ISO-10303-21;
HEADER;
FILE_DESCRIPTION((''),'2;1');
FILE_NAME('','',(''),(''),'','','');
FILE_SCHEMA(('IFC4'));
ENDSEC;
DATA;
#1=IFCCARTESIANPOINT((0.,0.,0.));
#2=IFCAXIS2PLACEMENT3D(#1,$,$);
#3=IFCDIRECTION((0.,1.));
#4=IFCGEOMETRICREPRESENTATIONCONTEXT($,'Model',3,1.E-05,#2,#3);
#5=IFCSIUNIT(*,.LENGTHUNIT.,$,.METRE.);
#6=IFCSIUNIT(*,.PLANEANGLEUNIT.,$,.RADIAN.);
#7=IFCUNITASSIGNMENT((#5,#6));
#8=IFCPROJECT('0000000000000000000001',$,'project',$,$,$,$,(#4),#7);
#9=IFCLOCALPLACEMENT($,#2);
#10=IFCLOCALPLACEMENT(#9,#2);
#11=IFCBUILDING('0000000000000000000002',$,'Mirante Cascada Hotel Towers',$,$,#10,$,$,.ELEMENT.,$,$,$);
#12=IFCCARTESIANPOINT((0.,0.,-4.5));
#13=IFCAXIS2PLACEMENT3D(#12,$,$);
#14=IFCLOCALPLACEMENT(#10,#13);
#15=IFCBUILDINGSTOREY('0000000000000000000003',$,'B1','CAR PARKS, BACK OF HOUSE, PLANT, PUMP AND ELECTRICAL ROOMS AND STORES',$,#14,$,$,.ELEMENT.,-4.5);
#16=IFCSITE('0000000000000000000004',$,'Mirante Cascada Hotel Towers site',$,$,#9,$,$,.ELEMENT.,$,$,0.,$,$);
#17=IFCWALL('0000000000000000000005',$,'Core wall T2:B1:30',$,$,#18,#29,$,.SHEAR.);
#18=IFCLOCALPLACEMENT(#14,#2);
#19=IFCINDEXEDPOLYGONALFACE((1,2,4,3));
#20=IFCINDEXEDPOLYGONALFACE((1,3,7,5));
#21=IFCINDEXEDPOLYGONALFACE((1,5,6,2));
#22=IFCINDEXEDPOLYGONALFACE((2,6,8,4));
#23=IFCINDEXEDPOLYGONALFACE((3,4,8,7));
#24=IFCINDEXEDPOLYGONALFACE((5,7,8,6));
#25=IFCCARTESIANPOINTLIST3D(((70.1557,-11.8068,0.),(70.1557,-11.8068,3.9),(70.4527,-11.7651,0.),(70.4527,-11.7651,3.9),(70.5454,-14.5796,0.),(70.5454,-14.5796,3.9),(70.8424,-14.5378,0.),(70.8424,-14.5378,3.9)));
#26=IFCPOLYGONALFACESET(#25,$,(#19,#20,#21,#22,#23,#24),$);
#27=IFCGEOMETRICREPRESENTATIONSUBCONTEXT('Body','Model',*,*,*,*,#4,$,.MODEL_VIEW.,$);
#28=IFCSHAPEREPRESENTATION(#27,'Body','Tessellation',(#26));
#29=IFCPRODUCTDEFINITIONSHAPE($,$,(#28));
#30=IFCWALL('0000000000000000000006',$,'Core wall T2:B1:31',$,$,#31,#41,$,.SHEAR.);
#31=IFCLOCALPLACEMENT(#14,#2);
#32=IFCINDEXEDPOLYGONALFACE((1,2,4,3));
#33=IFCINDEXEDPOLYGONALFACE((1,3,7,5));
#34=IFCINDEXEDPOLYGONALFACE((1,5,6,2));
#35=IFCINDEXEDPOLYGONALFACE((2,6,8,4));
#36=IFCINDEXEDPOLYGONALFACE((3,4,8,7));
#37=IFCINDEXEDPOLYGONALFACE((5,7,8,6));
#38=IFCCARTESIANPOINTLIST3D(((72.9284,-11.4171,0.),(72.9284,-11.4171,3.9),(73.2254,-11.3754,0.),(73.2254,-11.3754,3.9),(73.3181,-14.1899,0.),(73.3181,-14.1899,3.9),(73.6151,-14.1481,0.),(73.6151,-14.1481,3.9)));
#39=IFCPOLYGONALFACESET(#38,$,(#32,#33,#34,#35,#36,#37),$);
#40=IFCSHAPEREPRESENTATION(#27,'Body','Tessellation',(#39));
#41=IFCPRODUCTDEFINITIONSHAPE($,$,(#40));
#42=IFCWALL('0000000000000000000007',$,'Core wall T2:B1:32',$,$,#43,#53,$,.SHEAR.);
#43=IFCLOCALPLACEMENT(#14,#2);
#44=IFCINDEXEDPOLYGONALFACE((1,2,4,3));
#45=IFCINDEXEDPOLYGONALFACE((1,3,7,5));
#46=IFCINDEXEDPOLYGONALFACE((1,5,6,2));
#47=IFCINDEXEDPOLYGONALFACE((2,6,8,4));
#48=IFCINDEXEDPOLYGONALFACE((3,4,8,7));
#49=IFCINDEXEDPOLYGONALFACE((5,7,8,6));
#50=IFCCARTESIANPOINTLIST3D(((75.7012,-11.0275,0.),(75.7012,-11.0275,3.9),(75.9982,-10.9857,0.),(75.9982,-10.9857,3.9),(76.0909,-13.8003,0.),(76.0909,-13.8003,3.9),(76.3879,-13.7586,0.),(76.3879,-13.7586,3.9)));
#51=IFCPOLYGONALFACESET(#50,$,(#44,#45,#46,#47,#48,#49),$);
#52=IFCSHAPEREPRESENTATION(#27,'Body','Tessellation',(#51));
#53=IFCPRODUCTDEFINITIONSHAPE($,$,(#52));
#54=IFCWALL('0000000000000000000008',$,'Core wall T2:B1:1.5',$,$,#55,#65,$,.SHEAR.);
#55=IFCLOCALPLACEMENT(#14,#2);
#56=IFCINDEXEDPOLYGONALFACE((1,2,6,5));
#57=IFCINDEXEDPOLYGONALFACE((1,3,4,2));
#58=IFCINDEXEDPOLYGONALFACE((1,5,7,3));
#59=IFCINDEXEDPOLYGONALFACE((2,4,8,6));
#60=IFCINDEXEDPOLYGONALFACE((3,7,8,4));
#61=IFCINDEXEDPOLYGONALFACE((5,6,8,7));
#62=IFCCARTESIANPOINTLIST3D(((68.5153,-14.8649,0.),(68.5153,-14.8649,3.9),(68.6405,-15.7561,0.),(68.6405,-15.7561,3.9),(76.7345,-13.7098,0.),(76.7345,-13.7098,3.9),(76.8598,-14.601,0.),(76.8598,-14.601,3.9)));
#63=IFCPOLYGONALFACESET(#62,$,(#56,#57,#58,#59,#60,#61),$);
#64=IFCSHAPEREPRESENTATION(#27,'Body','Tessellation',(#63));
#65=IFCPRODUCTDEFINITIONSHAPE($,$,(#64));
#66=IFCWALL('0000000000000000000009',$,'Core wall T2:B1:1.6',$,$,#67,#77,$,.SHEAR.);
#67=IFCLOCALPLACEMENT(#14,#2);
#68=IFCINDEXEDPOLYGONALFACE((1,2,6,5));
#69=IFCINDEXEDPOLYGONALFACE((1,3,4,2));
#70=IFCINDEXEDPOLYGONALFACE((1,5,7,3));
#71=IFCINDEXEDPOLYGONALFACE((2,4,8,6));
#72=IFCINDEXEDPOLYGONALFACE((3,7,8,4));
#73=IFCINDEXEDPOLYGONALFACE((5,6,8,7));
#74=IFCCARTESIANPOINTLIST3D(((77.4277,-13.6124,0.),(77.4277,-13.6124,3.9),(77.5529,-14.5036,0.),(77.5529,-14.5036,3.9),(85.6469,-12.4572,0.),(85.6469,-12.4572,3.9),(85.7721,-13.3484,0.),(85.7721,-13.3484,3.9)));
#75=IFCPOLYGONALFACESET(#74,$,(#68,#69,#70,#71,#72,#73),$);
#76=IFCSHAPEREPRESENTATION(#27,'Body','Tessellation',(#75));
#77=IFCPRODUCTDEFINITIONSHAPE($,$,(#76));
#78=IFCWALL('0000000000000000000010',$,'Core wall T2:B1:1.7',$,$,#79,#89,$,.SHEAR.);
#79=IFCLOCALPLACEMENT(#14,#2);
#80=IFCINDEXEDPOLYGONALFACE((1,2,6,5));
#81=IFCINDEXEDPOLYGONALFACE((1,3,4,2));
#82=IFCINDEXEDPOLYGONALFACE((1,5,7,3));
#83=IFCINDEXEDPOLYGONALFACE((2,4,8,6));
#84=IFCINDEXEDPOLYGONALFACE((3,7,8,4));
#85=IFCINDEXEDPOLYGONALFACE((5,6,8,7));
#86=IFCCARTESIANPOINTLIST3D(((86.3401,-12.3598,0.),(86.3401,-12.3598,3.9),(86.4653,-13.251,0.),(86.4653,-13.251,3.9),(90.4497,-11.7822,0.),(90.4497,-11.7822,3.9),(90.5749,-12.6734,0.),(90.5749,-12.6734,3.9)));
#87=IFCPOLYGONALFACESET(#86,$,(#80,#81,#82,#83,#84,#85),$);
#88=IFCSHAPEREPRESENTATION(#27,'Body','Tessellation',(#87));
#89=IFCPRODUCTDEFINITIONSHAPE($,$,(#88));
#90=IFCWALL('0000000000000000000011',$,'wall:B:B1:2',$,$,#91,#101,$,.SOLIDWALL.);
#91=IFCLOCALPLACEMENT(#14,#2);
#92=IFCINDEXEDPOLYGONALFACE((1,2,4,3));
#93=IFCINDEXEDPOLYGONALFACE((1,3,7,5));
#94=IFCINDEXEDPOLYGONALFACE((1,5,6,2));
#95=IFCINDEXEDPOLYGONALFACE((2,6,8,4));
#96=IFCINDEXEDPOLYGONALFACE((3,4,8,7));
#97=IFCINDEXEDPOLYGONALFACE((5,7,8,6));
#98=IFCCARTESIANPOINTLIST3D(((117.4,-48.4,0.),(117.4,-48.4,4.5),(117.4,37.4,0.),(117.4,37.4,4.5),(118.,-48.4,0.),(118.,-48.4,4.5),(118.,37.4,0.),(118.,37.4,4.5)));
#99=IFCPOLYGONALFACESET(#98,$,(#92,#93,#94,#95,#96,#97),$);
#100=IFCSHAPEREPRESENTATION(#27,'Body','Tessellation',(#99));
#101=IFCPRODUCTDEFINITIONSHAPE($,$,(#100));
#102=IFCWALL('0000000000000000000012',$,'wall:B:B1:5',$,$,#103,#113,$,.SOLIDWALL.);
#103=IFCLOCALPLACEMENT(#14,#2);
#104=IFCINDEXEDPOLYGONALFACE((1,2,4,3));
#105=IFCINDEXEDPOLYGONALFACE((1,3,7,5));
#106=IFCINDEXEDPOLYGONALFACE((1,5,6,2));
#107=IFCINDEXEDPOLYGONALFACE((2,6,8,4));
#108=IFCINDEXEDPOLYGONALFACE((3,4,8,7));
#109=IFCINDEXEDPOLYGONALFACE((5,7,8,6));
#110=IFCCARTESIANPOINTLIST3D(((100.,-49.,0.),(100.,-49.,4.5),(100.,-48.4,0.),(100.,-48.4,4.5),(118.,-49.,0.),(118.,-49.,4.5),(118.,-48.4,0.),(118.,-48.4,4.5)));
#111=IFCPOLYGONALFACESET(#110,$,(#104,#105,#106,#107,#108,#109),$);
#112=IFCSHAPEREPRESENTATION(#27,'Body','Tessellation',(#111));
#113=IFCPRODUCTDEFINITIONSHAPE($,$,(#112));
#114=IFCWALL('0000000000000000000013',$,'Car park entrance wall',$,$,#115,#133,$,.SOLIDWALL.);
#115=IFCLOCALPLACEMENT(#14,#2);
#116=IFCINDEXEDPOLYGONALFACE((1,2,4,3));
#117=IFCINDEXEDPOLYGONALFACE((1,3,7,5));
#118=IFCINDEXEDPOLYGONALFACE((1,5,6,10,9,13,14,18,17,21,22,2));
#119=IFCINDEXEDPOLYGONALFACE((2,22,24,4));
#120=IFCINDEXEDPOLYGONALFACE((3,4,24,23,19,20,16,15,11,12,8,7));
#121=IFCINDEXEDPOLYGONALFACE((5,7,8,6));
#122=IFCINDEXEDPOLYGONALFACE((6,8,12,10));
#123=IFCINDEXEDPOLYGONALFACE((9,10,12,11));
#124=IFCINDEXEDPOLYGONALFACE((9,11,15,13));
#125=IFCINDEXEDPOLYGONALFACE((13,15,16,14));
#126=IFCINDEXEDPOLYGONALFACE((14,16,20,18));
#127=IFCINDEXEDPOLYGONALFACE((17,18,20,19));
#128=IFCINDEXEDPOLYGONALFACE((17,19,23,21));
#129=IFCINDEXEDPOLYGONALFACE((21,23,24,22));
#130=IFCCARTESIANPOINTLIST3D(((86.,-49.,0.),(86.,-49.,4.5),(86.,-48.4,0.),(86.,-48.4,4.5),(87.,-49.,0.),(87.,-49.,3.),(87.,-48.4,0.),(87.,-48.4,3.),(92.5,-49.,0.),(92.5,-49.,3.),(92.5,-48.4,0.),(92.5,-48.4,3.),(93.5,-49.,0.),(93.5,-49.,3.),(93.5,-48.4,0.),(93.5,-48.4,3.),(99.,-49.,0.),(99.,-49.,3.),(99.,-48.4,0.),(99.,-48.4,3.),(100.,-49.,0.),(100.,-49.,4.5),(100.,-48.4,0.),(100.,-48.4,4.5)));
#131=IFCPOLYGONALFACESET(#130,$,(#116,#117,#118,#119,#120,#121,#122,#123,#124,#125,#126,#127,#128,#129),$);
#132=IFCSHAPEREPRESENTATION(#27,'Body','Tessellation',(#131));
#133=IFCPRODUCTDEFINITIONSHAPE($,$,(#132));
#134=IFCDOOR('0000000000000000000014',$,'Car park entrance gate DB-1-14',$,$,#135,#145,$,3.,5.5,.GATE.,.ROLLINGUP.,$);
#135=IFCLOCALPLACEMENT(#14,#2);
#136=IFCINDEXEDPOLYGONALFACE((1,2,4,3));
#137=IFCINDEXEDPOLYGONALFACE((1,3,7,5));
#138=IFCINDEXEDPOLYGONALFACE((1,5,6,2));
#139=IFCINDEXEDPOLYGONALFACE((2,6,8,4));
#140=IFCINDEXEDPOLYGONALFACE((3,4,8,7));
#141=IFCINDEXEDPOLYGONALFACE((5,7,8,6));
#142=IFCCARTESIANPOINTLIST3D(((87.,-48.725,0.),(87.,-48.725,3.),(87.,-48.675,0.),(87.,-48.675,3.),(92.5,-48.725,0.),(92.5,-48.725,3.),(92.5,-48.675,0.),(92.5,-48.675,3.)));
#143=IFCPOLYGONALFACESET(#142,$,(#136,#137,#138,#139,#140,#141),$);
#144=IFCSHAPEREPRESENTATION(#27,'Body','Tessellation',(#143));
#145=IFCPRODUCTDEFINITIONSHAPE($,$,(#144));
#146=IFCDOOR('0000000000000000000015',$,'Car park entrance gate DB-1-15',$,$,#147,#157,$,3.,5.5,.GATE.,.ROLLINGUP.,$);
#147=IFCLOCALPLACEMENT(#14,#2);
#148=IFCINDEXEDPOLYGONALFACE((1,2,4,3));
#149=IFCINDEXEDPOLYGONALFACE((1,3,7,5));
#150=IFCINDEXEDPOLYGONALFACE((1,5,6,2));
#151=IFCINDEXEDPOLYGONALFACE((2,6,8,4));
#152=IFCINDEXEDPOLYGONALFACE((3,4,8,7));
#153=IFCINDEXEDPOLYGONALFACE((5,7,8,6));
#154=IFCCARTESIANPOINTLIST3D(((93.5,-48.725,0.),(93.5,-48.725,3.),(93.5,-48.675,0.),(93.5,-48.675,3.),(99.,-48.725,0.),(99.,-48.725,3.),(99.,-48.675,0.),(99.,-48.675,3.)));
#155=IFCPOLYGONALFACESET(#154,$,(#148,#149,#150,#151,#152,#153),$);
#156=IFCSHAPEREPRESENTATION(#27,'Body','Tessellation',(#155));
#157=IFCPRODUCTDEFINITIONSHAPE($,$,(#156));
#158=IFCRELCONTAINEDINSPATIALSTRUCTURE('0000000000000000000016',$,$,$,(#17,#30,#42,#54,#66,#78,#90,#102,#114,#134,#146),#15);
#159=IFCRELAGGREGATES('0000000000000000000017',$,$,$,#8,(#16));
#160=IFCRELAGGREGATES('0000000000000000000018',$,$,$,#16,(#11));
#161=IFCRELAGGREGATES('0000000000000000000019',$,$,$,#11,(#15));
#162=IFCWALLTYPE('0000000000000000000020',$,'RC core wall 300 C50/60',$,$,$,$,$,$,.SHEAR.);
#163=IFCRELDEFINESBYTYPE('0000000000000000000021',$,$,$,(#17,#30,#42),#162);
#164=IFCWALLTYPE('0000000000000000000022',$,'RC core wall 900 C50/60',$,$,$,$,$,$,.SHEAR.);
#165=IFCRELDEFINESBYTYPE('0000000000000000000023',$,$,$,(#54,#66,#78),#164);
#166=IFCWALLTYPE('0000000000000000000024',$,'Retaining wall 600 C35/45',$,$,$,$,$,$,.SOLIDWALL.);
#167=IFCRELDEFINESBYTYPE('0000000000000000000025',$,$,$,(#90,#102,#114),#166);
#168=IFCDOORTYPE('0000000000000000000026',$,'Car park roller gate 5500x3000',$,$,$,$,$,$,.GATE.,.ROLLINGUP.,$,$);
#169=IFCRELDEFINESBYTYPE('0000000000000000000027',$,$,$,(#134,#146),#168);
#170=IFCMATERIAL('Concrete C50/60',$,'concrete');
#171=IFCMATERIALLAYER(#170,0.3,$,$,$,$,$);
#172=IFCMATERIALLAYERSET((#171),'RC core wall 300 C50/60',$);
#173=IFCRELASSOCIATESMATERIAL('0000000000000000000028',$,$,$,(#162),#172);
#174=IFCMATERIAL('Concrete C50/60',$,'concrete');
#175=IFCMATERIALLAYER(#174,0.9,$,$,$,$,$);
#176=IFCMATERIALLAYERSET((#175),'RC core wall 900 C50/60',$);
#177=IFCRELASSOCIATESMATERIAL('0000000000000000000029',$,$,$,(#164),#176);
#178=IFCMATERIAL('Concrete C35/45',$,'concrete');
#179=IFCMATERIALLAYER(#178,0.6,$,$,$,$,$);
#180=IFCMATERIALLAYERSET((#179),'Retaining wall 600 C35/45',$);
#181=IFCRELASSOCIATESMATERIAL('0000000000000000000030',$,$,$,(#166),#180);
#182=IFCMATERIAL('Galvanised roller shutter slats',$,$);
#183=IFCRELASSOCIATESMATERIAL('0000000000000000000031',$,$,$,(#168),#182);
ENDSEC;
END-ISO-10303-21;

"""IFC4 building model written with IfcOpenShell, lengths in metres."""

from ifc_helpers import new_model, si_unit, direction, frame, frame_2d, origin, place, context, subcontext, project, spatial, rectangle, extrude, material, layer, layer_set, type_object, element, fill, save


model = new_model("IFC4")

# Units and contexts
model_context = context("Model", 3, precision=1e-05, world=origin(), true_north=direction((0.0, 1.0)))
body_context = subcontext(model_context, "Body", "Model", "MODEL_VIEW")
ifc_project = project(units=[si_unit("LENGTHUNIT", "METRE"), si_unit("PLANEANGLEUNIT", "RADIAN")], contexts=[model_context])

# Site, building, storey
site_placement = place(None, origin())
site = spatial("IfcSite", under=ifc_project, at=site_placement, Name="Mirante Cascada Hotel Towers site", CompositionType="ELEMENT", RefElevation=0.0)
building_placement = place(site_placement, origin())
building = spatial("IfcBuilding", under=site, at=building_placement, Name="Mirante Cascada Hotel Towers", CompositionType="ELEMENT")
storey_placement = place(building_placement, frame((0.0, 0.0, -4.5)))
storey = spatial("IfcBuildingStorey", under=building, at=storey_placement, Name="B1", Description="CAR PARKS, BACK OF HOUSE, PLANT, PUMP AND ELECTRICAL ROOMS AND STORES", CompositionType="ELEMENT", Elevation=-4.5)

# Walls
ifc_material_1 = material(Name="Concrete C50/60", Category="concrete")
ifc_layer_1 = layer(ifc_material_1, 0.3)
ifc_layer_set_1 = layer_set([ifc_layer_1], Name="RC core wall 300 C50/60")
wall_type_1 = type_object("IfcWallType", Name="RC core wall 300 C50/60", PredefinedType="SHEAR", material=ifc_layer_set_1)
for number, where, z_axis, x_axis, name in (
    (1, (70.6939, -14.5587, 0.0), (0.0, 0.0, 1.0), (-0.139181, 0.990267, 0.0), "Core wall T2:B1:30"),
    (2, (73.4666, -14.169, 0.0), (0.0, 0.0, 1.0), (-0.139181, 0.990267, 0.0), "Core wall T2:B1:31"),
):
    element("IfcWall", number, at=place(storey_placement, frame(where, z_axis=z_axis, x_axis=x_axis)), inside=storey, type_object=wall_type_1, Name=name, PredefinedType="SHEAR", context=body_context, shape_type="SweptSolid", body=[
        extrude(rectangle(XDim=2.8, YDim=0.3, at=frame_2d((1.4, 0.0))), origin(), (0.0, 0.0, 1.0), 3.9),
    ])
wall_1_placement = place(storey_placement, frame((76.2394, -13.7794, 0.0), z_axis=(0.0, 0.0, 1.0), x_axis=(-0.139176, 0.990268, 0.0)))
element("IfcWall", 3, at=wall_1_placement, inside=storey, type_object=wall_type_1, Name="Core wall T2:B1:32", PredefinedType="SHEAR", context=body_context, shape_type="SweptSolid", body=[
    extrude(rectangle(XDim=2.8001, YDim=0.3, at=frame_2d((1.4, 0.0))), origin(), (0.0, 0.0, 1.0), 3.9),
])
ifc_material_2 = material(Name="Concrete C50/60", Category="concrete")
ifc_layer_2 = layer(ifc_material_2, 0.9)
ifc_layer_set_2 = layer_set([ifc_layer_2], Name="RC core wall 900 C50/60")
wall_type_2 = type_object("IfcWallType", Name="RC core wall 900 C50/60", PredefinedType="SHEAR", material=ifc_layer_set_2)
for number, where, z_axis, x_axis, name in (
    (4, (68.5779, -15.3105, 0.0), (0.0, 0.0, 1.0), (0.990269, 0.139169, 0.0), "Core wall T2:B1:1.5"),
    (5, (77.4903, -14.058, 0.0), (0.0, 0.0, 1.0), (0.990267, 0.139181, 0.0), "Core wall T2:B1:1.6"),
):
    element("IfcWall", number, at=place(storey_placement, frame(where, z_axis=z_axis, x_axis=x_axis)), inside=storey, type_object=wall_type_2, Name=name, PredefinedType="SHEAR", context=body_context, shape_type="SweptSolid", body=[
        extrude(rectangle(XDim=8.3, YDim=0.9, at=frame_2d((4.15, 0.0))), origin(), (0.0, 0.0, 1.0), 3.9),
    ])
wall_2_placement = place(storey_placement, frame((86.4027, -12.8054, 0.0), z_axis=(0.0, 0.0, 1.0), x_axis=(0.990267, 0.139181, 0.0)))
element("IfcWall", 6, at=wall_2_placement, inside=storey, type_object=wall_type_2, Name="Core wall T2:B1:1.7", PredefinedType="SHEAR", context=body_context, shape_type="SweptSolid", body=[
    extrude(rectangle(XDim=4.15, YDim=0.9, at=frame_2d((2.075, 0.0))), origin(), (0.0, 0.0, 1.0), 3.9),
])
ifc_material_3 = material(Name="Concrete C35/45", Category="concrete")
ifc_layer_3 = layer(ifc_material_3, 0.6)
ifc_layer_set_3 = layer_set([ifc_layer_3], Name="Retaining wall 600 C35/45")
wall_type_3 = type_object("IfcWallType", Name="Retaining wall 600 C35/45", PredefinedType="SOLIDWALL", material=ifc_layer_set_3)
wall_3_placement = place(storey_placement, frame((117.7, -48.4, 0.0), z_axis=(0.0, 0.0, 1.0), x_axis=(0.0, 1.0, 0.0)))
element("IfcWall", 7, at=wall_3_placement, inside=storey, type_object=wall_type_3, Name="wall:B:B1:2", PredefinedType="SOLIDWALL", context=body_context, shape_type="SweptSolid", body=[
    extrude(rectangle(XDim=85.8, YDim=0.6, at=frame_2d((42.9, 0.0))), origin(), (0.0, 0.0, 1.0), 4.5),
])
wall_4_placement = place(storey_placement, frame((100.0, -48.7, 0.0), z_axis=(0.0, 0.0, 1.0), x_axis=(1.0, 0.0, 0.0)))
element("IfcWall", 8, at=wall_4_placement, inside=storey, type_object=wall_type_3, Name="wall:B:B1:5", PredefinedType="SOLIDWALL", context=body_context, shape_type="SweptSolid", body=[
    extrude(rectangle(XDim=18.0, YDim=0.6, at=frame_2d((9.0, 0.0))), origin(), (0.0, 0.0, 1.0), 4.5),
])

# Wall, openings, doors
wall_5_placement = place(storey_placement, frame((86.0, -48.7, 0.0), z_axis=(0.0, 0.0, 1.0), x_axis=(1.0, 0.0, 0.0)))
wall_5 = element("IfcWall", 9, at=wall_5_placement, inside=storey, type_object=wall_type_3, Name="Car park entrance wall", PredefinedType="SOLIDWALL", context=body_context, shape_type="SweptSolid", body=[
    extrude(rectangle(XDim=14.0, YDim=0.6, at=frame_2d((7.0, 0.0))), origin(), (0.0, 0.0, 1.0), 4.5),
])
opening_1_placement = place(wall_5_placement, frame((1.0, 0.0, 0.0)))
opening_1 = element("IfcOpeningElement", 10, at=opening_1_placement, cuts=wall_5, PredefinedType="OPENING", context=body_context, shape_type="SweptSolid", body=[
    extrude(rectangle(XDim=5.5, YDim=3.0, at=frame_2d((2.75, 1.5))), frame((0.0, 0.3, 0.0), z_axis=(0.0, -1.0, 0.0), x_axis=(1.0, 0.0, 0.0)), (0.0, 0.0, 1.0), 0.6),
])
opening_2_placement = place(wall_5_placement, frame((7.5, 0.0, 0.0)))
opening_2 = element("IfcOpeningElement", 11, at=opening_2_placement, cuts=wall_5, PredefinedType="OPENING", context=body_context, shape_type="SweptSolid", body=[
    extrude(rectangle(XDim=5.5, YDim=3.0, at=frame_2d((2.75, 1.5))), frame((0.0, 0.3, 0.0), z_axis=(0.0, -1.0, 0.0), x_axis=(1.0, 0.0, 0.0)), (0.0, 0.0, 1.0), 0.6),
])
ifc_material_4 = material(Name="Galvanised roller shutter slats")
door_type = type_object("IfcDoorType", Name="Car park roller gate 5500x3000", OperationType="ROLLINGUP", PredefinedType="GATE", material=ifc_material_4)
door_1_placement = place(opening_1_placement, origin())
door_1 = element("IfcDoor", 12, at=door_1_placement, inside=storey, type_object=door_type, Name="Car park entrance gate DB-1-14", OperationType="ROLLINGUP", OverallHeight=3.0, OverallWidth=5.5, PredefinedType="GATE", context=body_context, shape_type="SweptSolid", body=[
    extrude(rectangle(XDim=5.5, YDim=3.0, at=frame_2d((2.75, 1.5))), frame((0.0, 0.025, 0.0), z_axis=(0.0, -1.0, 0.0), x_axis=(1.0, 0.0, 0.0)), (0.0, 0.0, 1.0), 0.05),
])
fill(opening_1, door_1)
door_2_placement = place(opening_2_placement, origin())
door_2 = element("IfcDoor", 13, at=door_2_placement, inside=storey, type_object=door_type, Name="Car park entrance gate DB-1-15", OperationType="ROLLINGUP", OverallHeight=3.0, OverallWidth=5.5, PredefinedType="GATE", context=body_context, shape_type="SweptSolid", body=[
    extrude(rectangle(XDim=5.5, YDim=3.0, at=frame_2d((2.75, 1.5))), frame((0.0, 0.025, 0.0), z_axis=(0.0, -1.0, 0.0), x_axis=(1.0, 0.0, 0.0)), (0.0, 0.0, 1.0), 0.05),
])
fill(opening_2, door_2)

save(model, "model.ifc")
